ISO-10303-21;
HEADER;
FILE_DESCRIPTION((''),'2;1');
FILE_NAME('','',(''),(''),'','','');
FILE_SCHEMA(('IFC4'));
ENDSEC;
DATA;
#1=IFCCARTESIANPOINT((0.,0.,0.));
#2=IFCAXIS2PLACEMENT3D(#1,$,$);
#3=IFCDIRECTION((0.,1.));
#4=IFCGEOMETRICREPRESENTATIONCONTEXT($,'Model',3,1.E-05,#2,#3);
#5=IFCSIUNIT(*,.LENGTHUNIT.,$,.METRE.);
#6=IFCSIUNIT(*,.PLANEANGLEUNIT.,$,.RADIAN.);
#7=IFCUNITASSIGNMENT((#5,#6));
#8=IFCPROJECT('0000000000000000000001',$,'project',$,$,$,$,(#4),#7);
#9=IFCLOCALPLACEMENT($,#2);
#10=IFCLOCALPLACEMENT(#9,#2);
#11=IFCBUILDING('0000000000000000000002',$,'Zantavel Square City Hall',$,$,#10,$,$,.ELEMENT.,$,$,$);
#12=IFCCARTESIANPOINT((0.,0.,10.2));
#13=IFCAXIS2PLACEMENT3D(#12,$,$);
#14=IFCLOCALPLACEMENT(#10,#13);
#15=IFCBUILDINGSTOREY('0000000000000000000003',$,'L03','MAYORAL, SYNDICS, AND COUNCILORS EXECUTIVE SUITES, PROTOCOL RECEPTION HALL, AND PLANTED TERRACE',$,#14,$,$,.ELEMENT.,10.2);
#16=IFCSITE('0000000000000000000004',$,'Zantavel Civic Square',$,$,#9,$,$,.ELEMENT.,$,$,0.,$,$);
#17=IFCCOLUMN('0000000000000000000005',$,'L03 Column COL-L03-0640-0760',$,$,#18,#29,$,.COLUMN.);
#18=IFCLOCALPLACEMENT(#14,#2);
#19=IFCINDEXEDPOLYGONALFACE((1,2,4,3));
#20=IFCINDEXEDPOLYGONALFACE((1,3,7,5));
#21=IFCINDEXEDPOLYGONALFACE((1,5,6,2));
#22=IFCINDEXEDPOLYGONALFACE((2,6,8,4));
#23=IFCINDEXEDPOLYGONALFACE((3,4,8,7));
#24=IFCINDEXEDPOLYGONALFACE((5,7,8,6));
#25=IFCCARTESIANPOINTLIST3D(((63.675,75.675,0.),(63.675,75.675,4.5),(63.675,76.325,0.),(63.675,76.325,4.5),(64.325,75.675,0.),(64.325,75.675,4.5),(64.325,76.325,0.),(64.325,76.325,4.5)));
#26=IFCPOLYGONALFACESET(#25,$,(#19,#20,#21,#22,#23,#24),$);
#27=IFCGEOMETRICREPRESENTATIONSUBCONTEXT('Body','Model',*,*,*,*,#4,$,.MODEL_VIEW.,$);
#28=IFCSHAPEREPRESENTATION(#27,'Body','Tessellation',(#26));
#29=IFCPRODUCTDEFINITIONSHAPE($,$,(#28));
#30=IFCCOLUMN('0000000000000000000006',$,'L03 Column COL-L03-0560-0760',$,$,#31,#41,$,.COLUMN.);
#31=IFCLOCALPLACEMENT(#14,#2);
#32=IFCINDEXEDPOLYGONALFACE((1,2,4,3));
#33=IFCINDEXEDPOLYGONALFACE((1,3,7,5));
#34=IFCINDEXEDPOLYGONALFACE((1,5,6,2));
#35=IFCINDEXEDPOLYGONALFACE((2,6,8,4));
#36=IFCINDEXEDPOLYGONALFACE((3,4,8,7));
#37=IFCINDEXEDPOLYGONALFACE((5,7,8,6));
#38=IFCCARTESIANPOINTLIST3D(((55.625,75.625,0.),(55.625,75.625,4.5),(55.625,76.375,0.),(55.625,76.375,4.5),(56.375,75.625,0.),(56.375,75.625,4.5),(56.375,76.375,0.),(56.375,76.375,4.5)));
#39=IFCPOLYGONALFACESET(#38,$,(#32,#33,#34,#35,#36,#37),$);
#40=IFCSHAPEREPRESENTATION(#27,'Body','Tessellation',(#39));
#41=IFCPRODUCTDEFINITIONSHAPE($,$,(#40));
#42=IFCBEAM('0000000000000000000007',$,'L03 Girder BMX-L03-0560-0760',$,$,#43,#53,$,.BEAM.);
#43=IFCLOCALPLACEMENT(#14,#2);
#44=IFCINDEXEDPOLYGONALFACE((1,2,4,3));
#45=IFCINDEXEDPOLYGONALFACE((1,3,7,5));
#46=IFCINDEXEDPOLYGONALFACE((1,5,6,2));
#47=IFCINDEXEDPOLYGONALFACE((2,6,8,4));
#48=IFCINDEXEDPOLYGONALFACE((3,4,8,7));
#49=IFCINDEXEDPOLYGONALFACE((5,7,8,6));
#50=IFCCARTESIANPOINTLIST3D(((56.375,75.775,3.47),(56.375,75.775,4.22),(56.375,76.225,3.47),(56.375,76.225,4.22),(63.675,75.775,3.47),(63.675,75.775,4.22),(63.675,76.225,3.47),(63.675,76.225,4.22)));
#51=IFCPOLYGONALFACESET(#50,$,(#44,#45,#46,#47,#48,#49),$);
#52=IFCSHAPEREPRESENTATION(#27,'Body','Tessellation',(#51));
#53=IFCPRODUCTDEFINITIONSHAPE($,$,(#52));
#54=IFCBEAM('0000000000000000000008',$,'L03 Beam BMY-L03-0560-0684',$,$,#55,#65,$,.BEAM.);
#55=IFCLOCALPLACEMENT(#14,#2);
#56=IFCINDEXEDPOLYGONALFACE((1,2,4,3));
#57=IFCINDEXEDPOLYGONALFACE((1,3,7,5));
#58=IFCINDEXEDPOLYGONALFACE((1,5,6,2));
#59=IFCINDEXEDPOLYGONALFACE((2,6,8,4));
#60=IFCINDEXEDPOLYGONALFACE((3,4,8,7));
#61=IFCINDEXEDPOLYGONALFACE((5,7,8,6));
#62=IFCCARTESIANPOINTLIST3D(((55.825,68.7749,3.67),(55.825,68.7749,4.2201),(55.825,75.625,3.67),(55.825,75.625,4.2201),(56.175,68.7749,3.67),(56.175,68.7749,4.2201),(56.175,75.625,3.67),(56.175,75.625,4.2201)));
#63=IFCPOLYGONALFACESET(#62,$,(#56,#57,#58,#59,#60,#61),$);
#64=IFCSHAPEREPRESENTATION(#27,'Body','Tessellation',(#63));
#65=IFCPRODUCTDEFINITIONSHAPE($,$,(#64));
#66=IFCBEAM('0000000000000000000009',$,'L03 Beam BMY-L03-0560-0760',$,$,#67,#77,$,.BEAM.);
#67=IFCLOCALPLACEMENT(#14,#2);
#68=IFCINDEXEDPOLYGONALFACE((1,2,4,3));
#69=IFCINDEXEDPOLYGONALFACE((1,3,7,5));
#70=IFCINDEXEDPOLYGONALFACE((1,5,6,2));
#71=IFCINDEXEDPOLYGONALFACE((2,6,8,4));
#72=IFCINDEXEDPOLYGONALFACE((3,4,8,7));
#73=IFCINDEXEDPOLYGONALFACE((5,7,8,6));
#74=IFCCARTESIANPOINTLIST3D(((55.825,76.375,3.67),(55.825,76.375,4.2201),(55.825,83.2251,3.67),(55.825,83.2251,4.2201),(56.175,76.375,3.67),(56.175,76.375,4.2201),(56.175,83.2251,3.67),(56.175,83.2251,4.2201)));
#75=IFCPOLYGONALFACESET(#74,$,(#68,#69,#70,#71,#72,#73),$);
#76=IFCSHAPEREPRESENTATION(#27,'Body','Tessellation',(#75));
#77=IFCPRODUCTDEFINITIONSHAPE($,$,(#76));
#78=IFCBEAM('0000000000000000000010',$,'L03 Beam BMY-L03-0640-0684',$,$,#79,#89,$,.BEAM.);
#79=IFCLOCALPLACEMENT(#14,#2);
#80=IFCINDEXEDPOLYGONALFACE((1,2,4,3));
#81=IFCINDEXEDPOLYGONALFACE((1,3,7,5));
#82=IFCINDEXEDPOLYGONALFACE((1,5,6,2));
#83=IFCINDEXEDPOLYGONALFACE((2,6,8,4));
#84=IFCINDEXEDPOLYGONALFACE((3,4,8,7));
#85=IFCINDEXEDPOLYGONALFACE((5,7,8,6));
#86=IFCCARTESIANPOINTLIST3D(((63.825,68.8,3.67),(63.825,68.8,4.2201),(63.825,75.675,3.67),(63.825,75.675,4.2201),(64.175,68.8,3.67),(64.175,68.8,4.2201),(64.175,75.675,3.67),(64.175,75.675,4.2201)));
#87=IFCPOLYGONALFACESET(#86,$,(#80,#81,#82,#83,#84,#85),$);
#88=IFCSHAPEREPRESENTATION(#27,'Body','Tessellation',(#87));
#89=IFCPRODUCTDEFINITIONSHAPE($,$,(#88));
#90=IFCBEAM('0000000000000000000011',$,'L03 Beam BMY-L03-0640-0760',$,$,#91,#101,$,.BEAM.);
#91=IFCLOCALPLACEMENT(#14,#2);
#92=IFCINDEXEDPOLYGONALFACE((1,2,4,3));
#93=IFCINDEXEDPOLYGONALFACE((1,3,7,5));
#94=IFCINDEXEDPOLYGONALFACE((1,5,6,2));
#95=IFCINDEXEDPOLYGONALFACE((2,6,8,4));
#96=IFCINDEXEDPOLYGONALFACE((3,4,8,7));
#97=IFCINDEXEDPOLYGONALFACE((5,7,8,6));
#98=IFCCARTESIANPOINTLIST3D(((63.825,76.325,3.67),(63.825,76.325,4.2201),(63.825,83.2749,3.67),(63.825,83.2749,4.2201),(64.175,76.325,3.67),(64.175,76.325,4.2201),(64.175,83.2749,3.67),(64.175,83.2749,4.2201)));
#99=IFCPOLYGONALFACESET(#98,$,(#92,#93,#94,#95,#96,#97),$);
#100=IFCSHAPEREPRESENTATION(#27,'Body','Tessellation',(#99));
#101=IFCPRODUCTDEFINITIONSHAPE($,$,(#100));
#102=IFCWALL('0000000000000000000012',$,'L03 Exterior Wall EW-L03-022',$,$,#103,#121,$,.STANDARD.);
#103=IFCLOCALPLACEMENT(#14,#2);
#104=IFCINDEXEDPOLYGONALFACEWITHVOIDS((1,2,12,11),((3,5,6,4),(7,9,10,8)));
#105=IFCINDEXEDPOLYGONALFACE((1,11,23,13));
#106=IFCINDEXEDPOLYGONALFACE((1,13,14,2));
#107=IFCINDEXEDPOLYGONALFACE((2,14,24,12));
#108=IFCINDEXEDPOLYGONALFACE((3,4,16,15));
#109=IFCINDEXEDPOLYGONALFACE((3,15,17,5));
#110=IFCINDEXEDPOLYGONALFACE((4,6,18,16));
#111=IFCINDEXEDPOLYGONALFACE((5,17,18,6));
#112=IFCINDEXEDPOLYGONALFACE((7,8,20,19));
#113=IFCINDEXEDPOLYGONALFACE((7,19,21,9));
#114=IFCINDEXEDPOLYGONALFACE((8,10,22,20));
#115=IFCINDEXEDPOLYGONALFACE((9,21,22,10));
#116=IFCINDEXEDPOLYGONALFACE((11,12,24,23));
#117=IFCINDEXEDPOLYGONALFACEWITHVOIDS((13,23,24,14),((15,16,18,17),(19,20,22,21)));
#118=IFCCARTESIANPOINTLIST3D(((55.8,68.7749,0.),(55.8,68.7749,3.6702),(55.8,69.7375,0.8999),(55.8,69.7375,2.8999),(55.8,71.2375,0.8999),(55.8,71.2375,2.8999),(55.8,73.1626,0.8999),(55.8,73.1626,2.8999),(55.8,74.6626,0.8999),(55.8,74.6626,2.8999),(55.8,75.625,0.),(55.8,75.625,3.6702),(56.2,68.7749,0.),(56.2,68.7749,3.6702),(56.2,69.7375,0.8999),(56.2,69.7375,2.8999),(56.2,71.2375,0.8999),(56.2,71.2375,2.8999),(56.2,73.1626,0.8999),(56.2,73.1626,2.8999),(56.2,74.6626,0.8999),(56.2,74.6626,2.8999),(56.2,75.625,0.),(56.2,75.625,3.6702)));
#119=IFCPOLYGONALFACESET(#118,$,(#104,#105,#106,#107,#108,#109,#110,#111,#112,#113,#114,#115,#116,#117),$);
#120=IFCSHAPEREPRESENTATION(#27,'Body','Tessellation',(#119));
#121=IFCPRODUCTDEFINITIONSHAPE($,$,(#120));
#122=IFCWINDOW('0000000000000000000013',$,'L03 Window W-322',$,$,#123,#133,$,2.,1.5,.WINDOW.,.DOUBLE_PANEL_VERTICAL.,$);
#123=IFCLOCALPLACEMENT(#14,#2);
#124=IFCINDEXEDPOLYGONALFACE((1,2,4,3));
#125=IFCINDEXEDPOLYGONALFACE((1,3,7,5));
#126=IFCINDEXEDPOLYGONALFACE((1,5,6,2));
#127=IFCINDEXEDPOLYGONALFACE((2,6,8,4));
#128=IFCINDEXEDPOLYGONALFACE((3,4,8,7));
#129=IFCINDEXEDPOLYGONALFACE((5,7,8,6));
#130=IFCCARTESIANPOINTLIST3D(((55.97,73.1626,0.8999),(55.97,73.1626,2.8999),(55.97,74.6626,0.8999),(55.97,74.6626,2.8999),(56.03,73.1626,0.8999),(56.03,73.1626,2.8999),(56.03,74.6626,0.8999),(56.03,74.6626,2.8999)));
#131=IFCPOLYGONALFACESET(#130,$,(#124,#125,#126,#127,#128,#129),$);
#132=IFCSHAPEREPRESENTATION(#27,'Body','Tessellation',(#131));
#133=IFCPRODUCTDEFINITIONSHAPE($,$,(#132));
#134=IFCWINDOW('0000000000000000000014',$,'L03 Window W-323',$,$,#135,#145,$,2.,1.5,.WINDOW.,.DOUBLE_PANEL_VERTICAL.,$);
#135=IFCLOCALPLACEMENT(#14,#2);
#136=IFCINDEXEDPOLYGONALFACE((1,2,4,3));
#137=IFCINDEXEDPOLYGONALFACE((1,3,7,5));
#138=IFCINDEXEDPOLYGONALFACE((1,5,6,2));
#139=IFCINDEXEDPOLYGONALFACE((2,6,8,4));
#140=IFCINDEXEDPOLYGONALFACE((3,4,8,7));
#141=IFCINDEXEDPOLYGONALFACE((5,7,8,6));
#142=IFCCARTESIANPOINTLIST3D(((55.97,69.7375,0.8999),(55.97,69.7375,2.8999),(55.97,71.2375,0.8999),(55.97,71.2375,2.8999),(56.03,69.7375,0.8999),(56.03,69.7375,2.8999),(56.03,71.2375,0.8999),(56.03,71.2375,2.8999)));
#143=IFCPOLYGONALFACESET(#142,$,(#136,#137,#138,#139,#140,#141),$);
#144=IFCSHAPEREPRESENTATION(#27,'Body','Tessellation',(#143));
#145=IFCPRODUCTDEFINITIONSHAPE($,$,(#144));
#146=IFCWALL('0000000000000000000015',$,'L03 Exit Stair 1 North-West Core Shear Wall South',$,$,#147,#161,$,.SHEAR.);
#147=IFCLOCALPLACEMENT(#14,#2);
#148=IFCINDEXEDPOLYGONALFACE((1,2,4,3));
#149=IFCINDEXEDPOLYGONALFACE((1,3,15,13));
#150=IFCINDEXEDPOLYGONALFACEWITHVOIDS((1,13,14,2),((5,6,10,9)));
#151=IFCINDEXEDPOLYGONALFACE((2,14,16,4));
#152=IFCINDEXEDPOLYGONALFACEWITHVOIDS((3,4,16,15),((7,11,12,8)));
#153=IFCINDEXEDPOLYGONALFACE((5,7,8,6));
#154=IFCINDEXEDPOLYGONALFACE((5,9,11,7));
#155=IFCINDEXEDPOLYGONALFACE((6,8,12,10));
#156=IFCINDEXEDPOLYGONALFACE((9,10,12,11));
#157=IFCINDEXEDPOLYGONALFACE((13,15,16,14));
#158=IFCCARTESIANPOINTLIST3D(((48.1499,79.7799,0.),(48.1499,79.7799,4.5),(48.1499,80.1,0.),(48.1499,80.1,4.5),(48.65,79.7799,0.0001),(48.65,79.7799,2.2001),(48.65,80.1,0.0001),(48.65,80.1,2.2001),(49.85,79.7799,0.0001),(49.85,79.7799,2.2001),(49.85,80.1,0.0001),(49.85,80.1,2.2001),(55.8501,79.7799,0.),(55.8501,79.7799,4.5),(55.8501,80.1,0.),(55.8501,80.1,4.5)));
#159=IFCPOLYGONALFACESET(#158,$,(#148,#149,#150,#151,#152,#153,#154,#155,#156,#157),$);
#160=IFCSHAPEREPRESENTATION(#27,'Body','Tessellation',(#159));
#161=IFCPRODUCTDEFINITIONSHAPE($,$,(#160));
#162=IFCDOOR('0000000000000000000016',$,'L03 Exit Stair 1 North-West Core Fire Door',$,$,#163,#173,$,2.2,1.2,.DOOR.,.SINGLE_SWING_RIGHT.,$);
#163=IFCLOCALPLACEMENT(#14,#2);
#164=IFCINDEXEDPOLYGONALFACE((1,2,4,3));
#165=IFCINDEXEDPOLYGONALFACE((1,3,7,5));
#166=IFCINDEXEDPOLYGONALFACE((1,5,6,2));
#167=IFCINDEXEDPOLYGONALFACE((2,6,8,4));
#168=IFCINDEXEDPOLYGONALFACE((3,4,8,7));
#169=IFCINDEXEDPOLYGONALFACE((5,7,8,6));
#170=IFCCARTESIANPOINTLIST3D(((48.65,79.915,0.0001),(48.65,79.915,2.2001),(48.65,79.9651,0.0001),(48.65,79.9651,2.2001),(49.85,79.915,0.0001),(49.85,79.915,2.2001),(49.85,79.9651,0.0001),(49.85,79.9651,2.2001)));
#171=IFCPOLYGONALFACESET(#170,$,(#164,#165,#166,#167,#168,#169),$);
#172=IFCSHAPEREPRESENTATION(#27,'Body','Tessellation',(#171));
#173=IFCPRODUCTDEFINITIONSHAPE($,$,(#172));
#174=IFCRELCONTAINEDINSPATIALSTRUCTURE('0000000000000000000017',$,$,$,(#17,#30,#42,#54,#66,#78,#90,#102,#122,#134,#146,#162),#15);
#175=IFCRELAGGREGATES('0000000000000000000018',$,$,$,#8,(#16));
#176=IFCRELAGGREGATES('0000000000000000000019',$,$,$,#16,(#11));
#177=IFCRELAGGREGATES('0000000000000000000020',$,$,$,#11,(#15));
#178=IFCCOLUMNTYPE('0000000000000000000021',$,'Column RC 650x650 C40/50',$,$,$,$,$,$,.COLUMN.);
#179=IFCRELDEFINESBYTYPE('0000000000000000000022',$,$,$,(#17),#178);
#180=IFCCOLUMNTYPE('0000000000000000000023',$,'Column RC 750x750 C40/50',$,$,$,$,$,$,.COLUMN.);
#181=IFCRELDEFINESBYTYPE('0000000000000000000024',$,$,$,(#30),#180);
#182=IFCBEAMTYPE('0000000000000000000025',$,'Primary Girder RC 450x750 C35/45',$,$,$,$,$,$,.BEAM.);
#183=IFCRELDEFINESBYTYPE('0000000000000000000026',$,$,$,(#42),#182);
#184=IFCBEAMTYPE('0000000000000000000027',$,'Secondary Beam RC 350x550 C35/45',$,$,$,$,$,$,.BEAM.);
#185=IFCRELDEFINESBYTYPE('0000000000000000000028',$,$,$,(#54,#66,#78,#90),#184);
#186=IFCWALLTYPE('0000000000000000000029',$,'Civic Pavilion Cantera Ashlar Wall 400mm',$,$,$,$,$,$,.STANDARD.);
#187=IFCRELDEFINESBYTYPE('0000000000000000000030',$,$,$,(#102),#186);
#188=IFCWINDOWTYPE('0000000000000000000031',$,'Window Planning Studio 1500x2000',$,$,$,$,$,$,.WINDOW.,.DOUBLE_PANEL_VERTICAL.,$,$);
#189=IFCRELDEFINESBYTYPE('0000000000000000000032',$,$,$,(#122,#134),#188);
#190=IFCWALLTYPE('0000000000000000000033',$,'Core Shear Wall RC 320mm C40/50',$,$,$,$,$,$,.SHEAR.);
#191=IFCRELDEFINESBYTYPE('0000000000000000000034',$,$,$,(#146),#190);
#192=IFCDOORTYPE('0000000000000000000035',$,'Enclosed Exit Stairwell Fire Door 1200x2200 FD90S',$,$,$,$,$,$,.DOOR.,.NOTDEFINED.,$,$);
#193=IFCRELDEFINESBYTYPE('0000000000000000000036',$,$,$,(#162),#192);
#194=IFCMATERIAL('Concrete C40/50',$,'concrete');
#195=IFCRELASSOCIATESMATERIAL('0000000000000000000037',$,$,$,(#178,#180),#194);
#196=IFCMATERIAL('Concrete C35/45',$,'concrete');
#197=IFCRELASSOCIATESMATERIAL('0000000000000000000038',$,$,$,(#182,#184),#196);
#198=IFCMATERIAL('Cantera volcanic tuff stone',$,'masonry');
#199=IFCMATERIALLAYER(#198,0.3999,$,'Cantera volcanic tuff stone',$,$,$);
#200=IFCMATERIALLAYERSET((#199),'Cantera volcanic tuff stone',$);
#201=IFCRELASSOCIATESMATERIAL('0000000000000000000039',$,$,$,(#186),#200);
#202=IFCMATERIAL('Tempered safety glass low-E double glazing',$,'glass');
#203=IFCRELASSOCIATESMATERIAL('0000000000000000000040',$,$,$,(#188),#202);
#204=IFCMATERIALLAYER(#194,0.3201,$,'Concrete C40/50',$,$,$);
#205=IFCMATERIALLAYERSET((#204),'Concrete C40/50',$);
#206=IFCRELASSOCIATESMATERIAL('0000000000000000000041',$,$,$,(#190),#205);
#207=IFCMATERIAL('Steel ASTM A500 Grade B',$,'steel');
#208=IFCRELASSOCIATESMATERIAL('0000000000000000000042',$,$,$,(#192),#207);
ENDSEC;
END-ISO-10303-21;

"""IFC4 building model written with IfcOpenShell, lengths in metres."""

from ifc_helpers import new_model, si_unit, direction, frame, frame_2d, origin, origin_2d, place, context, subcontext, project, spatial, rectangle, extrude, material, layer, layer_set, material_profile, profile_set, type_object, element, fill, save


model = new_model("IFC4")

# Units and contexts
model_context = context("Model", 3, precision=1e-05, world=origin(), true_north=direction((0.0, 1.0)))
body_context = subcontext(model_context, "Body", "Model", "MODEL_VIEW")
ifc_project = project(units=[si_unit("LENGTHUNIT", "METRE"), si_unit("PLANEANGLEUNIT", "RADIAN")], contexts=[model_context])

# Site, building, storey
site_placement = place(None, origin())
site = spatial("IfcSite", under=ifc_project, at=site_placement, Name="Zantavel Civic Square", CompositionType="ELEMENT", RefElevation=0.0)
building_placement = place(site_placement, origin())
building = spatial("IfcBuilding", under=site, at=building_placement, Name="Zantavel Square City Hall", CompositionType="ELEMENT")
storey_placement = place(building_placement, frame((0.0, 0.0, 10.2)))
storey = spatial("IfcBuildingStorey", under=building, at=storey_placement, Name="L03", Description="MAYORAL, SYNDICS, AND COUNCILORS EXECUTIVE SUITES, PROTOCOL RECEPTION HALL, AND PLANTED TERRACE", CompositionType="ELEMENT", Elevation=10.2)

# Columns
ifc_material_1 = material(Name="Concrete C40/50", Category="concrete")
ifc_material_profile_1 = material_profile(ifc_material_1, rectangle(XDim=0.6499, YDim=0.6499, at=origin_2d()), Name="RC 650x650")
ifc_profile_set_1 = profile_set([ifc_material_profile_1], Name="Concrete C40/50")
column_type_1 = type_object("IfcColumnType", Name="Column RC 650x650 C40/50", PredefinedType="COLUMN", material=ifc_profile_set_1)
column_1_placement = place(storey_placement, frame((64.0, 76.0, 0.0), z_axis=(0.0, 0.0, 1.0), x_axis=(1.0, 0.0, 0.0)))
element("IfcColumn", 1, at=column_1_placement, inside=storey, type_object=column_type_1, Name="L03 Column COL-L03-0640-0760", PredefinedType="COLUMN", context=body_context, shape_type="SweptSolid", body=[
    extrude(rectangle(XDim=0.6499, YDim=0.6499, at=origin_2d()), origin(), (0.0, 0.0, 1.0), 4.5),
])
ifc_material_profile_2 = material_profile(ifc_material_1, rectangle(XDim=0.75, YDim=0.75, at=origin_2d()), Name="RC 750x750")
ifc_profile_set_2 = profile_set([ifc_material_profile_2], Name="Concrete C40/50")
column_type_2 = type_object("IfcColumnType", Name="Column RC 750x750 C40/50", PredefinedType="COLUMN", material=ifc_profile_set_2)
column_2_placement = place(storey_placement, frame((56.0, 76.0, 0.0), z_axis=(0.0, 0.0, 1.0), x_axis=(1.0, 0.0, 0.0)))
element("IfcColumn", 2, at=column_2_placement, inside=storey, type_object=column_type_2, Name="L03 Column COL-L03-0560-0760", PredefinedType="COLUMN", context=body_context, shape_type="SweptSolid", body=[
    extrude(rectangle(XDim=0.75, YDim=0.75, at=origin_2d()), origin(), (0.0, 0.0, 1.0), 4.5),
])

# Beams
ifc_material_2 = material(Name="Concrete C35/45", Category="concrete")
ifc_material_profile_3 = material_profile(ifc_material_2, rectangle(XDim=0.45, YDim=0.75, at=origin_2d()), Name="RC 450x750")
ifc_profile_set_3 = profile_set([ifc_material_profile_3], Name="Concrete C35/45")
beam_type_1 = type_object("IfcBeamType", Name="Primary Girder RC 450x750 C35/45", PredefinedType="BEAM", material=ifc_profile_set_3)
beam_1_placement = place(storey_placement, frame((56.375, 76.0, 3.845), z_axis=(1.0, 0.0, 0.0), x_axis=(0.0, 1.0, 0.0)))
element("IfcBeam", 3, at=beam_1_placement, inside=storey, type_object=beam_type_1, Name="L03 Girder BMX-L03-0560-0760", PredefinedType="BEAM", context=body_context, shape_type="SweptSolid", body=[
    extrude(rectangle(XDim=0.45, YDim=0.75, at=origin_2d()), origin(), (0.0, 0.0, 1.0), 7.3),
])
ifc_material_profile_4 = material_profile(ifc_material_2, rectangle(XDim=0.3501, YDim=0.55, at=origin_2d()), Name="RC 350x550")
ifc_profile_set_4 = profile_set([ifc_material_profile_4], Name="Concrete C35/45")
beam_type_2 = type_object("IfcBeamType", Name="Secondary Beam RC 350x550 C35/45", PredefinedType="BEAM", material=ifc_profile_set_4)
for number, where, z_axis, x_axis, name in (
    (4, (56.0, 68.7749, 3.9451), (0.0, 1.0, 0.0), (-1.0, 0.0, 0.0), "L03 Beam BMY-L03-0560-0684"),
    (5, (56.0, 76.375, 3.9451), (0.0, 1.0, 0.0), (-1.0, 0.0, 0.0), "L03 Beam BMY-L03-0560-0760"),
):
    element("IfcBeam", number, at=place(storey_placement, frame(where, z_axis=z_axis, x_axis=x_axis)), inside=storey, type_object=beam_type_2, Name=name, PredefinedType="BEAM", context=body_context, shape_type="SweptSolid", body=[
        extrude(rectangle(XDim=0.3501, YDim=0.55, at=origin_2d()), origin(), (0.0, 0.0, 1.0), 6.8501),
    ])
beam_2_placement = place(storey_placement, frame((64.0, 68.8, 3.9451), z_axis=(0.0, 1.0, 0.0), x_axis=(-1.0, 0.0, 0.0)))
element("IfcBeam", 6, at=beam_2_placement, inside=storey, type_object=beam_type_2, Name="L03 Beam BMY-L03-0640-0684", PredefinedType="BEAM", context=body_context, shape_type="SweptSolid", body=[
    extrude(rectangle(XDim=0.3501, YDim=0.55, at=origin_2d()), origin(), (0.0, 0.0, 1.0), 6.875),
])
beam_3_placement = place(storey_placement, frame((64.0, 76.325, 3.9451), z_axis=(0.0, 1.0, 0.0), x_axis=(-1.0, 0.0, 0.0)))
element("IfcBeam", 7, at=beam_3_placement, inside=storey, type_object=beam_type_2, Name="L03 Beam BMY-L03-0640-0760", PredefinedType="BEAM", context=body_context, shape_type="SweptSolid", body=[
    extrude(rectangle(XDim=0.3501, YDim=0.55, at=origin_2d()), origin(), (0.0, 0.0, 1.0), 6.95),
])

# Wall, openings, windows
ifc_material_3 = material(Name="Cantera volcanic tuff stone", Category="masonry")
ifc_layer_1 = layer(ifc_material_3, 0.3999, Name="Cantera volcanic tuff stone")
ifc_layer_set_1 = layer_set([ifc_layer_1], Name="Cantera volcanic tuff stone")
wall_type_1 = type_object("IfcWallType", Name="Civic Pavilion Cantera Ashlar Wall 400mm", PredefinedType="STANDARD", material=ifc_layer_set_1)
wall_1_placement = place(storey_placement, frame((56.0, 75.625, 0.0), z_axis=(0.0, 0.0, 1.0), x_axis=(0.0, -1.0, 0.0)))
wall_1 = element("IfcWall", 8, at=wall_1_placement, inside=storey, type_object=wall_type_1, Name="L03 Exterior Wall EW-L03-022", PredefinedType="STANDARD", context=body_context, shape_type="SweptSolid", body=[
    extrude(rectangle(XDim=6.8501, YDim=0.3999, at=frame_2d((3.425, 0.0))), origin(), (0.0, 0.0, 1.0), 3.6702),
])
opening_1_placement = place(wall_1_placement, frame((0.9624, 0.0, 0.8999)))
opening_1 = element("IfcOpeningElement", 9, at=opening_1_placement, cuts=wall_1, PredefinedType="OPENING", context=body_context, shape_type="SweptSolid", body=[
    extrude(rectangle(XDim=1.5, YDim=2.0, at=frame_2d((0.75, 1.0))), frame((0.0, 0.21, 0.0), z_axis=(0.0, -1.0, 0.0), x_axis=(1.0, 0.0, 0.0)), (0.0, 0.0, 1.0), 0.4199),
])
opening_2_placement = place(wall_1_placement, frame((4.3875, 0.0, 0.8999)))
opening_2 = element("IfcOpeningElement", 10, at=opening_2_placement, cuts=wall_1, PredefinedType="OPENING", context=body_context, shape_type="SweptSolid", body=[
    extrude(rectangle(XDim=1.5, YDim=2.0, at=frame_2d((0.75, 1.0))), frame((0.0, 0.21, 0.0), z_axis=(0.0, -1.0, 0.0), x_axis=(1.0, 0.0, 0.0)), (0.0, 0.0, 1.0), 0.4199),
])
ifc_material_4 = material(Name="Tempered safety glass low-E double glazing", Category="glass")
window_type_1 = type_object("IfcWindowType", Name="Window Planning Studio 1500x2000", PartitioningType="DOUBLE_PANEL_VERTICAL", PredefinedType="WINDOW", material=ifc_material_4)
window_1_placement = place(opening_1_placement, origin())
window_1 = element("IfcWindow", 11, at=window_1_placement, inside=storey, type_object=window_type_1, Name="L03 Window W-322", OverallHeight=2.0, OverallWidth=1.5, PartitioningType="DOUBLE_PANEL_VERTICAL", PredefinedType="WINDOW", context=body_context, shape_type="SweptSolid", body=[
    extrude(rectangle(XDim=1.5, YDim=2.0, at=frame_2d((0.75, 1.0))), frame((0.0, 0.03, 0.0), z_axis=(0.0, -1.0, 0.0), x_axis=(1.0, 0.0, 0.0)), (0.0, 0.0, 1.0), 0.0601),
])
fill(opening_1, window_1)
window_2_placement = place(opening_2_placement, origin())
window_2 = element("IfcWindow", 12, at=window_2_placement, inside=storey, type_object=window_type_1, Name="L03 Window W-323", OverallHeight=2.0, OverallWidth=1.5, PartitioningType="DOUBLE_PANEL_VERTICAL", PredefinedType="WINDOW", context=body_context, shape_type="SweptSolid", body=[
    extrude(rectangle(XDim=1.5, YDim=2.0, at=frame_2d((0.75, 1.0))), frame((0.0, 0.03, 0.0), z_axis=(0.0, -1.0, 0.0), x_axis=(1.0, 0.0, 0.0)), (0.0, 0.0, 1.0), 0.0601),
])
fill(opening_2, window_2)

# Wall, opening, door
ifc_layer_2 = layer(ifc_material_1, 0.3201, Name="Concrete C40/50")
ifc_layer_set_2 = layer_set([ifc_layer_2], Name="Concrete C40/50")
wall_type_2 = type_object("IfcWallType", Name="Core Shear Wall RC 320mm C40/50", PredefinedType="SHEAR", material=ifc_layer_set_2)
wall_2_placement = place(storey_placement, frame((55.8501, 79.9399, 0.0), z_axis=(0.0, 0.0, 1.0), x_axis=(-1.0, 0.0, 0.0)))
wall_2 = element("IfcWall", 13, at=wall_2_placement, inside=storey, type_object=wall_type_2, Name="L03 Exit Stair 1 North-West Core Shear Wall South", PredefinedType="SHEAR", context=body_context, shape_type="SweptSolid", body=[
    extrude(rectangle(XDim=7.7002, YDim=0.3201, at=frame_2d((3.8501, 0.0))), origin(), (0.0, 0.0, 1.0), 4.5),
])
opening_3_placement = place(wall_2_placement, frame((6.0, 0.0, 0.0)))
opening_3 = element("IfcOpeningElement", 14, at=opening_3_placement, cuts=wall_2, PredefinedType="OPENING", context=body_context, shape_type="SweptSolid", body=[
    extrude(rectangle(XDim=1.2, YDim=2.2, at=frame_2d((0.6001, 1.1001))), frame((0.0, 0.1699, 0.0), z_axis=(0.0, -1.0, 0.0), x_axis=(1.0, 0.0, 0.0)), (0.0, 0.0, 1.0), 0.3401),
])
ifc_material_5 = material(Name="Steel ASTM A500 Grade B", Category="steel")
door_type_1 = type_object("IfcDoorType", Name="Enclosed Exit Stairwell Fire Door 1200x2200 FD90S", OperationType="NOTDEFINED", PredefinedType="DOOR", material=ifc_material_5)
door_1_placement = place(opening_3_placement, origin())
door_1 = element("IfcDoor", 15, at=door_1_placement, inside=storey, type_object=door_type_1, Name="L03 Exit Stair 1 North-West Core Fire Door", OperationType="SINGLE_SWING_RIGHT", OverallHeight=2.2, OverallWidth=1.2, PredefinedType="DOOR", context=body_context, shape_type="SweptSolid", body=[
    extrude(rectangle(XDim=1.2, YDim=2.2, at=frame_2d((0.6001, 1.1001))), frame((0.0, 0.0249, 0.0), z_axis=(0.0, -1.0, 0.0), x_axis=(1.0, 0.0, 0.0)), (0.0, 0.0, 1.0), 0.05),
])
fill(opening_3, door_1)

save(model, "model.ifc")
